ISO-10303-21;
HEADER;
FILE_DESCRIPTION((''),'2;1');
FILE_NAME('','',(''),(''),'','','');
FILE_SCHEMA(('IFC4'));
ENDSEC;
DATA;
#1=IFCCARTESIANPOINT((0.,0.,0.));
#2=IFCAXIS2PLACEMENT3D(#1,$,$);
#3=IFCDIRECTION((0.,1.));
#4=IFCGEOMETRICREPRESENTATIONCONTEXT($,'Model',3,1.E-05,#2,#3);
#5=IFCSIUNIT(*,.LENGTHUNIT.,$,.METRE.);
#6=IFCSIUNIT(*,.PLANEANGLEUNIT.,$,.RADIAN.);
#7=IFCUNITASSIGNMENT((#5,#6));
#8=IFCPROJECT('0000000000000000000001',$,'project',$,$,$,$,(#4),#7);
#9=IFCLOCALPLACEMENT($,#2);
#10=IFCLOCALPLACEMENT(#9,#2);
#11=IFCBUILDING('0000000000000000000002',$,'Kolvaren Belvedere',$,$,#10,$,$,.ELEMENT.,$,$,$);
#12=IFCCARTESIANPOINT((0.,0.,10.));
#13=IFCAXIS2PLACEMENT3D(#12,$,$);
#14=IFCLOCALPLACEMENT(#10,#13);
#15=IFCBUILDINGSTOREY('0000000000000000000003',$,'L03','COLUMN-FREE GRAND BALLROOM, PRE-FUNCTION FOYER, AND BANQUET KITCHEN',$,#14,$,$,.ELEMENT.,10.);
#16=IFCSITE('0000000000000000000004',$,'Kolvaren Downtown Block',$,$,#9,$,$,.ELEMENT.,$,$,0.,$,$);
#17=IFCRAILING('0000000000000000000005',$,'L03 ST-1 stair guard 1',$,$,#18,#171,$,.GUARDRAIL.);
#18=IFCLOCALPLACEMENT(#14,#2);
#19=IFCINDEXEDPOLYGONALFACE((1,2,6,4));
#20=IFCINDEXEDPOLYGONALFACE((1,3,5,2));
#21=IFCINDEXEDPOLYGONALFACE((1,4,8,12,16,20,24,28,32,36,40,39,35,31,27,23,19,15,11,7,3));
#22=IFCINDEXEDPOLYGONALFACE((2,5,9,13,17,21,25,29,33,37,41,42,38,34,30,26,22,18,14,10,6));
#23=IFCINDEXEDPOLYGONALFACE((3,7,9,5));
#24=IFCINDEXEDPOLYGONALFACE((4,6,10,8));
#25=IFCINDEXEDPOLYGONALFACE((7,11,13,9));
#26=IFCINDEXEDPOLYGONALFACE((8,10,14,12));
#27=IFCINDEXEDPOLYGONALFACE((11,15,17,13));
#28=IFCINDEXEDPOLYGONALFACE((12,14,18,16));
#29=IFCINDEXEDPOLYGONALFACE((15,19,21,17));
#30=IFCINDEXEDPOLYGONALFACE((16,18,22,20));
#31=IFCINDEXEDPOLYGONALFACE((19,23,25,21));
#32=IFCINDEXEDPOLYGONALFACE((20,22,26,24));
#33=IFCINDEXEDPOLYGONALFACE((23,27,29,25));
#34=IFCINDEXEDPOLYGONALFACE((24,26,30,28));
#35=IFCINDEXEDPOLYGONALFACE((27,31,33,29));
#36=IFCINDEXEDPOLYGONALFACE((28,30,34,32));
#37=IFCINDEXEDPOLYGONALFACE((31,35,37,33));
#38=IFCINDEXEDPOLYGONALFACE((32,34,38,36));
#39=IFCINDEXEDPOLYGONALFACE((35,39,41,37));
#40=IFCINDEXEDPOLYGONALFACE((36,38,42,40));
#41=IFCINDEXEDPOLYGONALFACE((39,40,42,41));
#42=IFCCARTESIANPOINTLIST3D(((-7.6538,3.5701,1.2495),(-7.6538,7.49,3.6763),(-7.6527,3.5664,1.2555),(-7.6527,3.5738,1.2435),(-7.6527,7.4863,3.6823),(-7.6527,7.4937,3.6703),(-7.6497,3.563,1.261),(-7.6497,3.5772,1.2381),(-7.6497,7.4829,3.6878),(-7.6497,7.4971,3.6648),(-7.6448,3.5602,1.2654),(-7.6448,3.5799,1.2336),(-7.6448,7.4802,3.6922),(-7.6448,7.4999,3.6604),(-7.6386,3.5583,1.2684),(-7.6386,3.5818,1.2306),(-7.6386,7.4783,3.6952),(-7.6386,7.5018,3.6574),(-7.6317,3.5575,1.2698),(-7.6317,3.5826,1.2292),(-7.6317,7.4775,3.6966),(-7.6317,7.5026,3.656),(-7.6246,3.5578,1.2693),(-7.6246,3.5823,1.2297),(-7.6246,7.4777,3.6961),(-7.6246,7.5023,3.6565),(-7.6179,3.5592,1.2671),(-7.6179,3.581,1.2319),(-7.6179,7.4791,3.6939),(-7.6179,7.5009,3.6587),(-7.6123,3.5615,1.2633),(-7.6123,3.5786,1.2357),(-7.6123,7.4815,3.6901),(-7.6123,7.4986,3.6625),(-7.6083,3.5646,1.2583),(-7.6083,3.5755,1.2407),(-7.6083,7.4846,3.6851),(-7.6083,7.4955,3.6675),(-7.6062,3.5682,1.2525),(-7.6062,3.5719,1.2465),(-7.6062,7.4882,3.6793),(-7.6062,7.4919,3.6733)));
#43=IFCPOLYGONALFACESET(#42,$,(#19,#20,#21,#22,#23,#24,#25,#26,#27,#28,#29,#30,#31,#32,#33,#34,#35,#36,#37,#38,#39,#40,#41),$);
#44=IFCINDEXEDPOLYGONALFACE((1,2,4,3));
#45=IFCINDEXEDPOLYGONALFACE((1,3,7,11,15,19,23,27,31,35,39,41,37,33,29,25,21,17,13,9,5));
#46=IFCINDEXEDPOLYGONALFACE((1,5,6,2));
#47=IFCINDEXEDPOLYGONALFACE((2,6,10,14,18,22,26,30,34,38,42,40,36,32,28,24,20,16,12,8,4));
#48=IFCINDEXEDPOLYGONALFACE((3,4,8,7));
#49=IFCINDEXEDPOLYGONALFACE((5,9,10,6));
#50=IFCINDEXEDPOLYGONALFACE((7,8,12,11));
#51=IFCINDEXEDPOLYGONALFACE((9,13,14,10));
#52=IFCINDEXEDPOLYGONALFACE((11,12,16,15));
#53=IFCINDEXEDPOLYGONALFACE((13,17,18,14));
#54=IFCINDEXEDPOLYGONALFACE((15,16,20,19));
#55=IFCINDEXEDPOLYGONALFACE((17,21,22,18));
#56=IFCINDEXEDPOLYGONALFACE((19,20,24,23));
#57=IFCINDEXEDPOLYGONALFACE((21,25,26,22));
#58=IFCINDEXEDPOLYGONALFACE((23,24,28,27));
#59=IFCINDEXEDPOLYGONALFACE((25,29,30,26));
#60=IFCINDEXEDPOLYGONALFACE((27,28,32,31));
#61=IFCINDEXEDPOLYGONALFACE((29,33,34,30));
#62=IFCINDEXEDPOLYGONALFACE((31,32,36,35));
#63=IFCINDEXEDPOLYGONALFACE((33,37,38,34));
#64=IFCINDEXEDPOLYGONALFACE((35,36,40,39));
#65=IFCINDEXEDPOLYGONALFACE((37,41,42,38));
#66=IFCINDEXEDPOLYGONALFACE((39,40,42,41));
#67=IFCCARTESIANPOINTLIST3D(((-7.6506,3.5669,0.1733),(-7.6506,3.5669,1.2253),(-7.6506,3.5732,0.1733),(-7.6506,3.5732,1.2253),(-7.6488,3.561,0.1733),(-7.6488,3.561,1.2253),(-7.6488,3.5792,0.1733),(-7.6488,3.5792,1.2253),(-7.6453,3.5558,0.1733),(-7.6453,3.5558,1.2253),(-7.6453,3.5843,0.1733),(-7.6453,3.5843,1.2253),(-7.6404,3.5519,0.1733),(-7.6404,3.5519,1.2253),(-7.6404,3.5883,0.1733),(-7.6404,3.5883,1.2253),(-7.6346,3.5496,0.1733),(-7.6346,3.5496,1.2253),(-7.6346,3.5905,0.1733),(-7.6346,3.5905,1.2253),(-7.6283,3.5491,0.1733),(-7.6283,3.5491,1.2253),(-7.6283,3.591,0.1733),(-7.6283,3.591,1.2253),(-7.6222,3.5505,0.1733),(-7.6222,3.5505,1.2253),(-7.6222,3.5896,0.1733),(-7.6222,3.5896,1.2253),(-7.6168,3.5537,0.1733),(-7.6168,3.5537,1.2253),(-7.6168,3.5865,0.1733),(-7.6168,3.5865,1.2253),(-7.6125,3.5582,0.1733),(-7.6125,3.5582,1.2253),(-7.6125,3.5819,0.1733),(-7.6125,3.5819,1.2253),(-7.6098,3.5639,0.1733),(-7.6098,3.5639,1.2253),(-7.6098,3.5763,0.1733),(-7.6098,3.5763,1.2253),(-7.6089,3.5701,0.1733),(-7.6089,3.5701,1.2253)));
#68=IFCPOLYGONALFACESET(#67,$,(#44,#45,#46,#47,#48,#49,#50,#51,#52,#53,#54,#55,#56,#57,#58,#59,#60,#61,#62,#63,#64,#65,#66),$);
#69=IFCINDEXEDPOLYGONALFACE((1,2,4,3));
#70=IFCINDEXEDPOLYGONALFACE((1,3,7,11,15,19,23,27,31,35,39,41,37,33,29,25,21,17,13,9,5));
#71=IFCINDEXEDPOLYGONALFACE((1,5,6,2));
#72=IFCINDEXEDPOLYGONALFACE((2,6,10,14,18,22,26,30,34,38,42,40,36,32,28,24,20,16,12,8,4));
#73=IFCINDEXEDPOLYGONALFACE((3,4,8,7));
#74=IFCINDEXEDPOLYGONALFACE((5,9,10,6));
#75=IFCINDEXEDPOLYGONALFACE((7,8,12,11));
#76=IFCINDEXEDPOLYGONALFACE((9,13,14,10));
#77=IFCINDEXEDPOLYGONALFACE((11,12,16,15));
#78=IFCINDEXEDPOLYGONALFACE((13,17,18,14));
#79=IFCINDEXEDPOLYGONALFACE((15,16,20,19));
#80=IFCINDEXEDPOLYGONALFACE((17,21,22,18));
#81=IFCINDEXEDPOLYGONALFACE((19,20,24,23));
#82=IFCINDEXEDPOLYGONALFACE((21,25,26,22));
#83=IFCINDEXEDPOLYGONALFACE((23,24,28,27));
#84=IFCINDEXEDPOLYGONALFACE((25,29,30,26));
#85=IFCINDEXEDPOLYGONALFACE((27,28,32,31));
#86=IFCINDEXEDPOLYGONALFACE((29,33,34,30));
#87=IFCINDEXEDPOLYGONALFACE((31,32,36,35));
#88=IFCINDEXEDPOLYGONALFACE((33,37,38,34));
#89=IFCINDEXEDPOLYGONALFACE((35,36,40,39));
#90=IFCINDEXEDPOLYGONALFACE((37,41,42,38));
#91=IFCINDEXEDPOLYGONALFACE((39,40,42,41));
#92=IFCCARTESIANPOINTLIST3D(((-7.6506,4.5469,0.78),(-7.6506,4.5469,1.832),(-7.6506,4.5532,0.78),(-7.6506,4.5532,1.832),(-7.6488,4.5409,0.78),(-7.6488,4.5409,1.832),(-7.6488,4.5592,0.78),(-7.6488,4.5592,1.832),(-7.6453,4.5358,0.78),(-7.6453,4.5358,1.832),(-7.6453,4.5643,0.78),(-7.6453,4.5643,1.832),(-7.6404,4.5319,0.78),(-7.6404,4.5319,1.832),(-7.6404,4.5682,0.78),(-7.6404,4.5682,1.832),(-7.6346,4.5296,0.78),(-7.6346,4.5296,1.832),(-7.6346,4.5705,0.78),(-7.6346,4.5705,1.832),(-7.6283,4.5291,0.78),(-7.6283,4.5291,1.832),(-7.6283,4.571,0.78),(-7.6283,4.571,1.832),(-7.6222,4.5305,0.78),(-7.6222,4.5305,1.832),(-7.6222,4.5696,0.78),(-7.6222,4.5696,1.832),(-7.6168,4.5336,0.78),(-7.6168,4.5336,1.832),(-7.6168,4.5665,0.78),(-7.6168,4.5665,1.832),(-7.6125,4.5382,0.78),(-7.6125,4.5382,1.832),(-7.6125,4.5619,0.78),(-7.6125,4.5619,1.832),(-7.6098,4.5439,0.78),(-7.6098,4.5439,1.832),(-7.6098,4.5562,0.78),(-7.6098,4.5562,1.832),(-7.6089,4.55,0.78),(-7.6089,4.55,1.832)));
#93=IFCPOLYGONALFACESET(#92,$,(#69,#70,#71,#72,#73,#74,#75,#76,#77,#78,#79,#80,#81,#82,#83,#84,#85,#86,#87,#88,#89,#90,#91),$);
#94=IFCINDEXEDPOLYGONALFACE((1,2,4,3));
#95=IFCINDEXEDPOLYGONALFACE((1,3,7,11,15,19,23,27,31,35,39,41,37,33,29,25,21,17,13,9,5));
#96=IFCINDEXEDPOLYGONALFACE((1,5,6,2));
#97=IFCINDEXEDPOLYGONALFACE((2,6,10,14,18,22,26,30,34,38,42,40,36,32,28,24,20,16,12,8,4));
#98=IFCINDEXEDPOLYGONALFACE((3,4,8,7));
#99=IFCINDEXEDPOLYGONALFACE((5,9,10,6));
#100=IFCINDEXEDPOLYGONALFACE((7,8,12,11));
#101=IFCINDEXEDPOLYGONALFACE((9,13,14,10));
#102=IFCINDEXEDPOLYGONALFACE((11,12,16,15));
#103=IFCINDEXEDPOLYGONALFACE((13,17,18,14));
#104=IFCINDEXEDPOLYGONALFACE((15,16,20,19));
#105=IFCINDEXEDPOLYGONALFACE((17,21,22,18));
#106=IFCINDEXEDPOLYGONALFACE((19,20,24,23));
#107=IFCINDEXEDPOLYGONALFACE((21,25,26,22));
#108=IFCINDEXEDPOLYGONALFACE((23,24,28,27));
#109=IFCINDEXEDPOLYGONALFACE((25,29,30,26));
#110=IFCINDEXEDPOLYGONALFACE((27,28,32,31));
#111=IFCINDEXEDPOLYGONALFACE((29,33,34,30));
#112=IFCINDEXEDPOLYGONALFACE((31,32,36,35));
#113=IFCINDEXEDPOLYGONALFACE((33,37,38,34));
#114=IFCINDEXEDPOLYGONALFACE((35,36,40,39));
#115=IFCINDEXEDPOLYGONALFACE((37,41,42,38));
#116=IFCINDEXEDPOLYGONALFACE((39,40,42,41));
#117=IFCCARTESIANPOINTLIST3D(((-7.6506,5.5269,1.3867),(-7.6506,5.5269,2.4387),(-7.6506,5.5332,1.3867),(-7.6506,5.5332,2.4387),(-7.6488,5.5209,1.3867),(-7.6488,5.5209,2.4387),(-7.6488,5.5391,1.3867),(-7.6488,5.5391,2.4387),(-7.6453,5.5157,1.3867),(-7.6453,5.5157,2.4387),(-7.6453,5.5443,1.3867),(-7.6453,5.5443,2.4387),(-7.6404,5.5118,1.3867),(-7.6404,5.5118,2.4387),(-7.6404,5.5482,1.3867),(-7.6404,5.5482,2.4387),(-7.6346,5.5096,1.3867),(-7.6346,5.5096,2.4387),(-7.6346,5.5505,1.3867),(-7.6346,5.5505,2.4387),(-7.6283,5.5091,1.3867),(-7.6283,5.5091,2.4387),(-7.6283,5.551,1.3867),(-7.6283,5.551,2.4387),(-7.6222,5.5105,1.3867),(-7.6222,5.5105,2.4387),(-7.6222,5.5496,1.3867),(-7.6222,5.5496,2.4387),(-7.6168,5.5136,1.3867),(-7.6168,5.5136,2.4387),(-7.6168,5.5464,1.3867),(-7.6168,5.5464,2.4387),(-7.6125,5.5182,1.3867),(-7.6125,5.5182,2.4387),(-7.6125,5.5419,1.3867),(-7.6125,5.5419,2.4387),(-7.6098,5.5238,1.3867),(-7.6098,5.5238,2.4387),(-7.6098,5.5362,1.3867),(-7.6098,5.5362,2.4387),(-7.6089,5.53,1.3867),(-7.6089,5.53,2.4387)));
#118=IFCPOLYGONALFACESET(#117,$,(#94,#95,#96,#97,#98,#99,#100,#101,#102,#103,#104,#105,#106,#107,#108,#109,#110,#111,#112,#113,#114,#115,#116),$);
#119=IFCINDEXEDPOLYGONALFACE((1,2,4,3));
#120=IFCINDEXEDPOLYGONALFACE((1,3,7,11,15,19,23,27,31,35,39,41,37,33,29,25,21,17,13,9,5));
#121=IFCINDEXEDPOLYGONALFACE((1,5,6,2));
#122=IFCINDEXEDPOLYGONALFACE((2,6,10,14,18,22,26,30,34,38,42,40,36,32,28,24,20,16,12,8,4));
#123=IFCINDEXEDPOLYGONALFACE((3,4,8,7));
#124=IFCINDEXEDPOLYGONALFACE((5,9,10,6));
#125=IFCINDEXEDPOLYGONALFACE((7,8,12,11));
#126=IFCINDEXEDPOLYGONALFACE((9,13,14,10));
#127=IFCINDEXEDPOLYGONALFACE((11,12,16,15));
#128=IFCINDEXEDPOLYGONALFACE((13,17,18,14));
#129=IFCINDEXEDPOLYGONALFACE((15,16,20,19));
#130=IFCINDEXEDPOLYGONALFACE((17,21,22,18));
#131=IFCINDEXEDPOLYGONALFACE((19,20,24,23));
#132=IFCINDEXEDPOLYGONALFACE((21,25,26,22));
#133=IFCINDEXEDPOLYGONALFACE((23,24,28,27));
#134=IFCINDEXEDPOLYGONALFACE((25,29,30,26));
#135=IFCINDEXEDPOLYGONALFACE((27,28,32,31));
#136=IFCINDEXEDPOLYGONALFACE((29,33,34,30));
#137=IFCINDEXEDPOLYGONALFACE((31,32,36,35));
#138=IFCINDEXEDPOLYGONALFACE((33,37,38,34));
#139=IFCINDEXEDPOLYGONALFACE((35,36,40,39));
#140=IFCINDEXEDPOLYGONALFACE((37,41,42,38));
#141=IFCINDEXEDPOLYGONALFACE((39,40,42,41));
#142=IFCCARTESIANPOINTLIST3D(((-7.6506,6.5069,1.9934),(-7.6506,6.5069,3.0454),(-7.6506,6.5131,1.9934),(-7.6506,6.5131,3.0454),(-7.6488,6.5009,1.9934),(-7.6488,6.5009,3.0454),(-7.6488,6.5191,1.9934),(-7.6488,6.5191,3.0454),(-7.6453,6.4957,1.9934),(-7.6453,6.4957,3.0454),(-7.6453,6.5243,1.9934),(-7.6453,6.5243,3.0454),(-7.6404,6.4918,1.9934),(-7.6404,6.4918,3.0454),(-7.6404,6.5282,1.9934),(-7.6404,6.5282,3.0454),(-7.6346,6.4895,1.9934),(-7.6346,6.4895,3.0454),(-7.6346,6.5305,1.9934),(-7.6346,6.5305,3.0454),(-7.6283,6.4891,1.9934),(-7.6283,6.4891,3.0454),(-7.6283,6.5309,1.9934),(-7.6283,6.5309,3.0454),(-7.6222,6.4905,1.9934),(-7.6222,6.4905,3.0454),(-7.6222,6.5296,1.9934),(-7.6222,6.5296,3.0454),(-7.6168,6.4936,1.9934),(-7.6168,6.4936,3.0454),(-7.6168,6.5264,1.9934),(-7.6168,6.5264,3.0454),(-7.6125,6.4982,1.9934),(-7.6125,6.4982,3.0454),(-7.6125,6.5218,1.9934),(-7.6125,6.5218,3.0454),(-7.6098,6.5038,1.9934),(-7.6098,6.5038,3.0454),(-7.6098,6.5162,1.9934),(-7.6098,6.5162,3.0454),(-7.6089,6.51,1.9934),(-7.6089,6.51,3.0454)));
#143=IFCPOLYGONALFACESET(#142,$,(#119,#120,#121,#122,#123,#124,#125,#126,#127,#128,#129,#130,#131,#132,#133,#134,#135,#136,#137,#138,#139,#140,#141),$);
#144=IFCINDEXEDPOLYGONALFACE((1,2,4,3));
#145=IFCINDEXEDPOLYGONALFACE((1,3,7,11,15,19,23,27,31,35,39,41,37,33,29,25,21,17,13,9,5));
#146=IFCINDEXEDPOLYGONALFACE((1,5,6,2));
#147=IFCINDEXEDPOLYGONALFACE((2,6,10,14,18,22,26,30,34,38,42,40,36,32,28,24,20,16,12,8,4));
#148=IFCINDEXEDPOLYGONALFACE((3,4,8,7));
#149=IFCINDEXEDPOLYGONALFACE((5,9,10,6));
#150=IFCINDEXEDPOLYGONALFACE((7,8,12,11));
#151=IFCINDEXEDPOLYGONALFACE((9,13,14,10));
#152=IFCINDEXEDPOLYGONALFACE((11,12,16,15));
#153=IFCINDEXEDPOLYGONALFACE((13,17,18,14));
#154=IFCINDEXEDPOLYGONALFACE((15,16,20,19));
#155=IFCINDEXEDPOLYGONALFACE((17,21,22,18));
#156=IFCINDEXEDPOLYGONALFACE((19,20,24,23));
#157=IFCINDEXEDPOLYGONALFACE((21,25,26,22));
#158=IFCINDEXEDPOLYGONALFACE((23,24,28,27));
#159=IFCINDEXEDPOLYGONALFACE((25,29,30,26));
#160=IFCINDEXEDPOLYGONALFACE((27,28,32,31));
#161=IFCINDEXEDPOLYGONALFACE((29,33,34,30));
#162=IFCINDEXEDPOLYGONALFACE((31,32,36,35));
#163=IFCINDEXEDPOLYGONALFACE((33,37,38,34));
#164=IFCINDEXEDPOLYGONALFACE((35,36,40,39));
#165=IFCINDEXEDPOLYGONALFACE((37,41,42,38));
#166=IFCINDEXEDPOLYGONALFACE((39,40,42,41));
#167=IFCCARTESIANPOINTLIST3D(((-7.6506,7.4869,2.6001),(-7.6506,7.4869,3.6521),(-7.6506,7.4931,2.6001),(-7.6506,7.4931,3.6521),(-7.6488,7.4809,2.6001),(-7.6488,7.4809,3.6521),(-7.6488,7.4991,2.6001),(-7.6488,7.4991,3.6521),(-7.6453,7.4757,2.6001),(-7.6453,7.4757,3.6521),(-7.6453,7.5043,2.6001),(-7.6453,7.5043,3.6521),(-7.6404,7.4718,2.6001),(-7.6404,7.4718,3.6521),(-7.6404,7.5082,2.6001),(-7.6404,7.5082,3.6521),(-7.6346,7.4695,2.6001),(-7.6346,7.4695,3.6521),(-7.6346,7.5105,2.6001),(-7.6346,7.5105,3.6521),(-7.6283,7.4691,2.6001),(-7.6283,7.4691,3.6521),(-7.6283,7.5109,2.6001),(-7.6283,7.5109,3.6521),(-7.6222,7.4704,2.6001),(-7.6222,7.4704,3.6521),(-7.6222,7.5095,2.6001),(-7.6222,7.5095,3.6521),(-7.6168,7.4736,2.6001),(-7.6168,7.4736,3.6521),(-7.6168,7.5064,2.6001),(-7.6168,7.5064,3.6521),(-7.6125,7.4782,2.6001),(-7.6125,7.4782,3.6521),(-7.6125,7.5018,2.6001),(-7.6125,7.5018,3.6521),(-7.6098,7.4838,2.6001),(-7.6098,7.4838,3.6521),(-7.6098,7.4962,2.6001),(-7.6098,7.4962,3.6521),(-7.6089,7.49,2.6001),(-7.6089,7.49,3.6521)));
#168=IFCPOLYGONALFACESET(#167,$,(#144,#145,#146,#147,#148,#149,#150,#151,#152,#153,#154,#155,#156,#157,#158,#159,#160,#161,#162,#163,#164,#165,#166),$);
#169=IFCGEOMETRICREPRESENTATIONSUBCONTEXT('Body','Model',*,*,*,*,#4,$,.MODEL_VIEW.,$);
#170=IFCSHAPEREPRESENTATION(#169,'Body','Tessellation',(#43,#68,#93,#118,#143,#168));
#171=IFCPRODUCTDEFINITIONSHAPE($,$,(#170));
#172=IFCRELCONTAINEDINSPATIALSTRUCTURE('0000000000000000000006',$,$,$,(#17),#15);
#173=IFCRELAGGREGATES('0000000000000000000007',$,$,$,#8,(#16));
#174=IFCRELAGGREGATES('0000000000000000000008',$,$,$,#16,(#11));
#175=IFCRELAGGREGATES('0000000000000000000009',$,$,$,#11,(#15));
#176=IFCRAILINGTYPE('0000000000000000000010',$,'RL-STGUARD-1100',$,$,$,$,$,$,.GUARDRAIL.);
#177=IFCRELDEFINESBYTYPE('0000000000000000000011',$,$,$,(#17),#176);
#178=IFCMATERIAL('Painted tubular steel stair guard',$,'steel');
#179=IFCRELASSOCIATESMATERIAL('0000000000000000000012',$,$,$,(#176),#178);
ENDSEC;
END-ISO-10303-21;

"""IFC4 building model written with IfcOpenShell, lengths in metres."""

from ifc_helpers import new_model, si_unit, direction, frame, origin, origin_2d, place, context, subcontext, project, spatial, circle, extrude, material, type_object, element, save


model = new_model("IFC4")

# Units and contexts
model_context = context("Model", 3, precision=1e-05, world=origin(), true_north=direction((0.0, 1.0)))
body_context = subcontext(model_context, "Body", "Model", "MODEL_VIEW")
ifc_project = project(units=[si_unit("LENGTHUNIT", "METRE"), si_unit("PLANEANGLEUNIT", "RADIAN")], contexts=[model_context])

# Site, building, storey
site_placement = place(None, origin())
site = spatial("IfcSite", under=ifc_project, at=site_placement, Name="Kolvaren Downtown Block", CompositionType="ELEMENT", RefElevation=0.0)
building_placement = place(site_placement, origin())
building = spatial("IfcBuilding", under=site, at=building_placement, Name="Kolvaren Belvedere", CompositionType="ELEMENT")
storey_placement = place(building_placement, frame((0.0, 0.0, 10.0)))
storey = spatial("IfcBuildingStorey", under=building, at=storey_placement, Name="L03", Description="COLUMN-FREE GRAND BALLROOM, PRE-FUNCTION FOYER, AND BANQUET KITCHEN", CompositionType="ELEMENT", Elevation=10.0)

# Railing
ifc_material_1 = material(Name="Painted tubular steel stair guard", Category="steel")
railing_type_1 = type_object("IfcRailingType", Name="RL-STGUARD-1100", PredefinedType="GUARDRAIL", material=ifc_material_1)
railing_1_placement = place(storey_placement, frame((-7.6299, 3.5701, 0.1733)))
element("IfcRailing", 1, at=railing_1_placement, inside=storey, type_object=railing_type_1, Name="L03 ST-1 stair guard 1", PredefinedType="GUARDRAIL", context=body_context, shape_type="SweptSolid", body=[
    extrude(circle(Radius=0.0239, at=origin_2d()), frame((0.0, 0.0, 1.0762), z_axis=(0.0, 0.850252, 0.526376), x_axis=(-1.0, 0.0, 0.0)), (0.0, 0.0, 1.0), 4.6104),
    extrude(circle(Radius=0.021, at=origin_2d()), origin(), (0.0, 0.0, 1.0), 1.052),
    extrude(circle(Radius=0.021, at=origin_2d()), frame((0.0, 0.98, 0.6067)), (0.0, 0.0, 1.0), 1.052),
    extrude(circle(Radius=0.021, at=origin_2d()), frame((0.0, 1.96, 1.2134)), (0.0, 0.0, 1.0), 1.052),
    extrude(circle(Radius=0.021, at=origin_2d()), frame((0.0, 2.9399, 1.8201)), (0.0, 0.0, 1.0), 1.052),
    extrude(circle(Radius=0.021, at=origin_2d()), frame((0.0, 3.9199, 2.4268)), (0.0, 0.0, 1.0), 1.052),
])

save(model, "model.ifc")
